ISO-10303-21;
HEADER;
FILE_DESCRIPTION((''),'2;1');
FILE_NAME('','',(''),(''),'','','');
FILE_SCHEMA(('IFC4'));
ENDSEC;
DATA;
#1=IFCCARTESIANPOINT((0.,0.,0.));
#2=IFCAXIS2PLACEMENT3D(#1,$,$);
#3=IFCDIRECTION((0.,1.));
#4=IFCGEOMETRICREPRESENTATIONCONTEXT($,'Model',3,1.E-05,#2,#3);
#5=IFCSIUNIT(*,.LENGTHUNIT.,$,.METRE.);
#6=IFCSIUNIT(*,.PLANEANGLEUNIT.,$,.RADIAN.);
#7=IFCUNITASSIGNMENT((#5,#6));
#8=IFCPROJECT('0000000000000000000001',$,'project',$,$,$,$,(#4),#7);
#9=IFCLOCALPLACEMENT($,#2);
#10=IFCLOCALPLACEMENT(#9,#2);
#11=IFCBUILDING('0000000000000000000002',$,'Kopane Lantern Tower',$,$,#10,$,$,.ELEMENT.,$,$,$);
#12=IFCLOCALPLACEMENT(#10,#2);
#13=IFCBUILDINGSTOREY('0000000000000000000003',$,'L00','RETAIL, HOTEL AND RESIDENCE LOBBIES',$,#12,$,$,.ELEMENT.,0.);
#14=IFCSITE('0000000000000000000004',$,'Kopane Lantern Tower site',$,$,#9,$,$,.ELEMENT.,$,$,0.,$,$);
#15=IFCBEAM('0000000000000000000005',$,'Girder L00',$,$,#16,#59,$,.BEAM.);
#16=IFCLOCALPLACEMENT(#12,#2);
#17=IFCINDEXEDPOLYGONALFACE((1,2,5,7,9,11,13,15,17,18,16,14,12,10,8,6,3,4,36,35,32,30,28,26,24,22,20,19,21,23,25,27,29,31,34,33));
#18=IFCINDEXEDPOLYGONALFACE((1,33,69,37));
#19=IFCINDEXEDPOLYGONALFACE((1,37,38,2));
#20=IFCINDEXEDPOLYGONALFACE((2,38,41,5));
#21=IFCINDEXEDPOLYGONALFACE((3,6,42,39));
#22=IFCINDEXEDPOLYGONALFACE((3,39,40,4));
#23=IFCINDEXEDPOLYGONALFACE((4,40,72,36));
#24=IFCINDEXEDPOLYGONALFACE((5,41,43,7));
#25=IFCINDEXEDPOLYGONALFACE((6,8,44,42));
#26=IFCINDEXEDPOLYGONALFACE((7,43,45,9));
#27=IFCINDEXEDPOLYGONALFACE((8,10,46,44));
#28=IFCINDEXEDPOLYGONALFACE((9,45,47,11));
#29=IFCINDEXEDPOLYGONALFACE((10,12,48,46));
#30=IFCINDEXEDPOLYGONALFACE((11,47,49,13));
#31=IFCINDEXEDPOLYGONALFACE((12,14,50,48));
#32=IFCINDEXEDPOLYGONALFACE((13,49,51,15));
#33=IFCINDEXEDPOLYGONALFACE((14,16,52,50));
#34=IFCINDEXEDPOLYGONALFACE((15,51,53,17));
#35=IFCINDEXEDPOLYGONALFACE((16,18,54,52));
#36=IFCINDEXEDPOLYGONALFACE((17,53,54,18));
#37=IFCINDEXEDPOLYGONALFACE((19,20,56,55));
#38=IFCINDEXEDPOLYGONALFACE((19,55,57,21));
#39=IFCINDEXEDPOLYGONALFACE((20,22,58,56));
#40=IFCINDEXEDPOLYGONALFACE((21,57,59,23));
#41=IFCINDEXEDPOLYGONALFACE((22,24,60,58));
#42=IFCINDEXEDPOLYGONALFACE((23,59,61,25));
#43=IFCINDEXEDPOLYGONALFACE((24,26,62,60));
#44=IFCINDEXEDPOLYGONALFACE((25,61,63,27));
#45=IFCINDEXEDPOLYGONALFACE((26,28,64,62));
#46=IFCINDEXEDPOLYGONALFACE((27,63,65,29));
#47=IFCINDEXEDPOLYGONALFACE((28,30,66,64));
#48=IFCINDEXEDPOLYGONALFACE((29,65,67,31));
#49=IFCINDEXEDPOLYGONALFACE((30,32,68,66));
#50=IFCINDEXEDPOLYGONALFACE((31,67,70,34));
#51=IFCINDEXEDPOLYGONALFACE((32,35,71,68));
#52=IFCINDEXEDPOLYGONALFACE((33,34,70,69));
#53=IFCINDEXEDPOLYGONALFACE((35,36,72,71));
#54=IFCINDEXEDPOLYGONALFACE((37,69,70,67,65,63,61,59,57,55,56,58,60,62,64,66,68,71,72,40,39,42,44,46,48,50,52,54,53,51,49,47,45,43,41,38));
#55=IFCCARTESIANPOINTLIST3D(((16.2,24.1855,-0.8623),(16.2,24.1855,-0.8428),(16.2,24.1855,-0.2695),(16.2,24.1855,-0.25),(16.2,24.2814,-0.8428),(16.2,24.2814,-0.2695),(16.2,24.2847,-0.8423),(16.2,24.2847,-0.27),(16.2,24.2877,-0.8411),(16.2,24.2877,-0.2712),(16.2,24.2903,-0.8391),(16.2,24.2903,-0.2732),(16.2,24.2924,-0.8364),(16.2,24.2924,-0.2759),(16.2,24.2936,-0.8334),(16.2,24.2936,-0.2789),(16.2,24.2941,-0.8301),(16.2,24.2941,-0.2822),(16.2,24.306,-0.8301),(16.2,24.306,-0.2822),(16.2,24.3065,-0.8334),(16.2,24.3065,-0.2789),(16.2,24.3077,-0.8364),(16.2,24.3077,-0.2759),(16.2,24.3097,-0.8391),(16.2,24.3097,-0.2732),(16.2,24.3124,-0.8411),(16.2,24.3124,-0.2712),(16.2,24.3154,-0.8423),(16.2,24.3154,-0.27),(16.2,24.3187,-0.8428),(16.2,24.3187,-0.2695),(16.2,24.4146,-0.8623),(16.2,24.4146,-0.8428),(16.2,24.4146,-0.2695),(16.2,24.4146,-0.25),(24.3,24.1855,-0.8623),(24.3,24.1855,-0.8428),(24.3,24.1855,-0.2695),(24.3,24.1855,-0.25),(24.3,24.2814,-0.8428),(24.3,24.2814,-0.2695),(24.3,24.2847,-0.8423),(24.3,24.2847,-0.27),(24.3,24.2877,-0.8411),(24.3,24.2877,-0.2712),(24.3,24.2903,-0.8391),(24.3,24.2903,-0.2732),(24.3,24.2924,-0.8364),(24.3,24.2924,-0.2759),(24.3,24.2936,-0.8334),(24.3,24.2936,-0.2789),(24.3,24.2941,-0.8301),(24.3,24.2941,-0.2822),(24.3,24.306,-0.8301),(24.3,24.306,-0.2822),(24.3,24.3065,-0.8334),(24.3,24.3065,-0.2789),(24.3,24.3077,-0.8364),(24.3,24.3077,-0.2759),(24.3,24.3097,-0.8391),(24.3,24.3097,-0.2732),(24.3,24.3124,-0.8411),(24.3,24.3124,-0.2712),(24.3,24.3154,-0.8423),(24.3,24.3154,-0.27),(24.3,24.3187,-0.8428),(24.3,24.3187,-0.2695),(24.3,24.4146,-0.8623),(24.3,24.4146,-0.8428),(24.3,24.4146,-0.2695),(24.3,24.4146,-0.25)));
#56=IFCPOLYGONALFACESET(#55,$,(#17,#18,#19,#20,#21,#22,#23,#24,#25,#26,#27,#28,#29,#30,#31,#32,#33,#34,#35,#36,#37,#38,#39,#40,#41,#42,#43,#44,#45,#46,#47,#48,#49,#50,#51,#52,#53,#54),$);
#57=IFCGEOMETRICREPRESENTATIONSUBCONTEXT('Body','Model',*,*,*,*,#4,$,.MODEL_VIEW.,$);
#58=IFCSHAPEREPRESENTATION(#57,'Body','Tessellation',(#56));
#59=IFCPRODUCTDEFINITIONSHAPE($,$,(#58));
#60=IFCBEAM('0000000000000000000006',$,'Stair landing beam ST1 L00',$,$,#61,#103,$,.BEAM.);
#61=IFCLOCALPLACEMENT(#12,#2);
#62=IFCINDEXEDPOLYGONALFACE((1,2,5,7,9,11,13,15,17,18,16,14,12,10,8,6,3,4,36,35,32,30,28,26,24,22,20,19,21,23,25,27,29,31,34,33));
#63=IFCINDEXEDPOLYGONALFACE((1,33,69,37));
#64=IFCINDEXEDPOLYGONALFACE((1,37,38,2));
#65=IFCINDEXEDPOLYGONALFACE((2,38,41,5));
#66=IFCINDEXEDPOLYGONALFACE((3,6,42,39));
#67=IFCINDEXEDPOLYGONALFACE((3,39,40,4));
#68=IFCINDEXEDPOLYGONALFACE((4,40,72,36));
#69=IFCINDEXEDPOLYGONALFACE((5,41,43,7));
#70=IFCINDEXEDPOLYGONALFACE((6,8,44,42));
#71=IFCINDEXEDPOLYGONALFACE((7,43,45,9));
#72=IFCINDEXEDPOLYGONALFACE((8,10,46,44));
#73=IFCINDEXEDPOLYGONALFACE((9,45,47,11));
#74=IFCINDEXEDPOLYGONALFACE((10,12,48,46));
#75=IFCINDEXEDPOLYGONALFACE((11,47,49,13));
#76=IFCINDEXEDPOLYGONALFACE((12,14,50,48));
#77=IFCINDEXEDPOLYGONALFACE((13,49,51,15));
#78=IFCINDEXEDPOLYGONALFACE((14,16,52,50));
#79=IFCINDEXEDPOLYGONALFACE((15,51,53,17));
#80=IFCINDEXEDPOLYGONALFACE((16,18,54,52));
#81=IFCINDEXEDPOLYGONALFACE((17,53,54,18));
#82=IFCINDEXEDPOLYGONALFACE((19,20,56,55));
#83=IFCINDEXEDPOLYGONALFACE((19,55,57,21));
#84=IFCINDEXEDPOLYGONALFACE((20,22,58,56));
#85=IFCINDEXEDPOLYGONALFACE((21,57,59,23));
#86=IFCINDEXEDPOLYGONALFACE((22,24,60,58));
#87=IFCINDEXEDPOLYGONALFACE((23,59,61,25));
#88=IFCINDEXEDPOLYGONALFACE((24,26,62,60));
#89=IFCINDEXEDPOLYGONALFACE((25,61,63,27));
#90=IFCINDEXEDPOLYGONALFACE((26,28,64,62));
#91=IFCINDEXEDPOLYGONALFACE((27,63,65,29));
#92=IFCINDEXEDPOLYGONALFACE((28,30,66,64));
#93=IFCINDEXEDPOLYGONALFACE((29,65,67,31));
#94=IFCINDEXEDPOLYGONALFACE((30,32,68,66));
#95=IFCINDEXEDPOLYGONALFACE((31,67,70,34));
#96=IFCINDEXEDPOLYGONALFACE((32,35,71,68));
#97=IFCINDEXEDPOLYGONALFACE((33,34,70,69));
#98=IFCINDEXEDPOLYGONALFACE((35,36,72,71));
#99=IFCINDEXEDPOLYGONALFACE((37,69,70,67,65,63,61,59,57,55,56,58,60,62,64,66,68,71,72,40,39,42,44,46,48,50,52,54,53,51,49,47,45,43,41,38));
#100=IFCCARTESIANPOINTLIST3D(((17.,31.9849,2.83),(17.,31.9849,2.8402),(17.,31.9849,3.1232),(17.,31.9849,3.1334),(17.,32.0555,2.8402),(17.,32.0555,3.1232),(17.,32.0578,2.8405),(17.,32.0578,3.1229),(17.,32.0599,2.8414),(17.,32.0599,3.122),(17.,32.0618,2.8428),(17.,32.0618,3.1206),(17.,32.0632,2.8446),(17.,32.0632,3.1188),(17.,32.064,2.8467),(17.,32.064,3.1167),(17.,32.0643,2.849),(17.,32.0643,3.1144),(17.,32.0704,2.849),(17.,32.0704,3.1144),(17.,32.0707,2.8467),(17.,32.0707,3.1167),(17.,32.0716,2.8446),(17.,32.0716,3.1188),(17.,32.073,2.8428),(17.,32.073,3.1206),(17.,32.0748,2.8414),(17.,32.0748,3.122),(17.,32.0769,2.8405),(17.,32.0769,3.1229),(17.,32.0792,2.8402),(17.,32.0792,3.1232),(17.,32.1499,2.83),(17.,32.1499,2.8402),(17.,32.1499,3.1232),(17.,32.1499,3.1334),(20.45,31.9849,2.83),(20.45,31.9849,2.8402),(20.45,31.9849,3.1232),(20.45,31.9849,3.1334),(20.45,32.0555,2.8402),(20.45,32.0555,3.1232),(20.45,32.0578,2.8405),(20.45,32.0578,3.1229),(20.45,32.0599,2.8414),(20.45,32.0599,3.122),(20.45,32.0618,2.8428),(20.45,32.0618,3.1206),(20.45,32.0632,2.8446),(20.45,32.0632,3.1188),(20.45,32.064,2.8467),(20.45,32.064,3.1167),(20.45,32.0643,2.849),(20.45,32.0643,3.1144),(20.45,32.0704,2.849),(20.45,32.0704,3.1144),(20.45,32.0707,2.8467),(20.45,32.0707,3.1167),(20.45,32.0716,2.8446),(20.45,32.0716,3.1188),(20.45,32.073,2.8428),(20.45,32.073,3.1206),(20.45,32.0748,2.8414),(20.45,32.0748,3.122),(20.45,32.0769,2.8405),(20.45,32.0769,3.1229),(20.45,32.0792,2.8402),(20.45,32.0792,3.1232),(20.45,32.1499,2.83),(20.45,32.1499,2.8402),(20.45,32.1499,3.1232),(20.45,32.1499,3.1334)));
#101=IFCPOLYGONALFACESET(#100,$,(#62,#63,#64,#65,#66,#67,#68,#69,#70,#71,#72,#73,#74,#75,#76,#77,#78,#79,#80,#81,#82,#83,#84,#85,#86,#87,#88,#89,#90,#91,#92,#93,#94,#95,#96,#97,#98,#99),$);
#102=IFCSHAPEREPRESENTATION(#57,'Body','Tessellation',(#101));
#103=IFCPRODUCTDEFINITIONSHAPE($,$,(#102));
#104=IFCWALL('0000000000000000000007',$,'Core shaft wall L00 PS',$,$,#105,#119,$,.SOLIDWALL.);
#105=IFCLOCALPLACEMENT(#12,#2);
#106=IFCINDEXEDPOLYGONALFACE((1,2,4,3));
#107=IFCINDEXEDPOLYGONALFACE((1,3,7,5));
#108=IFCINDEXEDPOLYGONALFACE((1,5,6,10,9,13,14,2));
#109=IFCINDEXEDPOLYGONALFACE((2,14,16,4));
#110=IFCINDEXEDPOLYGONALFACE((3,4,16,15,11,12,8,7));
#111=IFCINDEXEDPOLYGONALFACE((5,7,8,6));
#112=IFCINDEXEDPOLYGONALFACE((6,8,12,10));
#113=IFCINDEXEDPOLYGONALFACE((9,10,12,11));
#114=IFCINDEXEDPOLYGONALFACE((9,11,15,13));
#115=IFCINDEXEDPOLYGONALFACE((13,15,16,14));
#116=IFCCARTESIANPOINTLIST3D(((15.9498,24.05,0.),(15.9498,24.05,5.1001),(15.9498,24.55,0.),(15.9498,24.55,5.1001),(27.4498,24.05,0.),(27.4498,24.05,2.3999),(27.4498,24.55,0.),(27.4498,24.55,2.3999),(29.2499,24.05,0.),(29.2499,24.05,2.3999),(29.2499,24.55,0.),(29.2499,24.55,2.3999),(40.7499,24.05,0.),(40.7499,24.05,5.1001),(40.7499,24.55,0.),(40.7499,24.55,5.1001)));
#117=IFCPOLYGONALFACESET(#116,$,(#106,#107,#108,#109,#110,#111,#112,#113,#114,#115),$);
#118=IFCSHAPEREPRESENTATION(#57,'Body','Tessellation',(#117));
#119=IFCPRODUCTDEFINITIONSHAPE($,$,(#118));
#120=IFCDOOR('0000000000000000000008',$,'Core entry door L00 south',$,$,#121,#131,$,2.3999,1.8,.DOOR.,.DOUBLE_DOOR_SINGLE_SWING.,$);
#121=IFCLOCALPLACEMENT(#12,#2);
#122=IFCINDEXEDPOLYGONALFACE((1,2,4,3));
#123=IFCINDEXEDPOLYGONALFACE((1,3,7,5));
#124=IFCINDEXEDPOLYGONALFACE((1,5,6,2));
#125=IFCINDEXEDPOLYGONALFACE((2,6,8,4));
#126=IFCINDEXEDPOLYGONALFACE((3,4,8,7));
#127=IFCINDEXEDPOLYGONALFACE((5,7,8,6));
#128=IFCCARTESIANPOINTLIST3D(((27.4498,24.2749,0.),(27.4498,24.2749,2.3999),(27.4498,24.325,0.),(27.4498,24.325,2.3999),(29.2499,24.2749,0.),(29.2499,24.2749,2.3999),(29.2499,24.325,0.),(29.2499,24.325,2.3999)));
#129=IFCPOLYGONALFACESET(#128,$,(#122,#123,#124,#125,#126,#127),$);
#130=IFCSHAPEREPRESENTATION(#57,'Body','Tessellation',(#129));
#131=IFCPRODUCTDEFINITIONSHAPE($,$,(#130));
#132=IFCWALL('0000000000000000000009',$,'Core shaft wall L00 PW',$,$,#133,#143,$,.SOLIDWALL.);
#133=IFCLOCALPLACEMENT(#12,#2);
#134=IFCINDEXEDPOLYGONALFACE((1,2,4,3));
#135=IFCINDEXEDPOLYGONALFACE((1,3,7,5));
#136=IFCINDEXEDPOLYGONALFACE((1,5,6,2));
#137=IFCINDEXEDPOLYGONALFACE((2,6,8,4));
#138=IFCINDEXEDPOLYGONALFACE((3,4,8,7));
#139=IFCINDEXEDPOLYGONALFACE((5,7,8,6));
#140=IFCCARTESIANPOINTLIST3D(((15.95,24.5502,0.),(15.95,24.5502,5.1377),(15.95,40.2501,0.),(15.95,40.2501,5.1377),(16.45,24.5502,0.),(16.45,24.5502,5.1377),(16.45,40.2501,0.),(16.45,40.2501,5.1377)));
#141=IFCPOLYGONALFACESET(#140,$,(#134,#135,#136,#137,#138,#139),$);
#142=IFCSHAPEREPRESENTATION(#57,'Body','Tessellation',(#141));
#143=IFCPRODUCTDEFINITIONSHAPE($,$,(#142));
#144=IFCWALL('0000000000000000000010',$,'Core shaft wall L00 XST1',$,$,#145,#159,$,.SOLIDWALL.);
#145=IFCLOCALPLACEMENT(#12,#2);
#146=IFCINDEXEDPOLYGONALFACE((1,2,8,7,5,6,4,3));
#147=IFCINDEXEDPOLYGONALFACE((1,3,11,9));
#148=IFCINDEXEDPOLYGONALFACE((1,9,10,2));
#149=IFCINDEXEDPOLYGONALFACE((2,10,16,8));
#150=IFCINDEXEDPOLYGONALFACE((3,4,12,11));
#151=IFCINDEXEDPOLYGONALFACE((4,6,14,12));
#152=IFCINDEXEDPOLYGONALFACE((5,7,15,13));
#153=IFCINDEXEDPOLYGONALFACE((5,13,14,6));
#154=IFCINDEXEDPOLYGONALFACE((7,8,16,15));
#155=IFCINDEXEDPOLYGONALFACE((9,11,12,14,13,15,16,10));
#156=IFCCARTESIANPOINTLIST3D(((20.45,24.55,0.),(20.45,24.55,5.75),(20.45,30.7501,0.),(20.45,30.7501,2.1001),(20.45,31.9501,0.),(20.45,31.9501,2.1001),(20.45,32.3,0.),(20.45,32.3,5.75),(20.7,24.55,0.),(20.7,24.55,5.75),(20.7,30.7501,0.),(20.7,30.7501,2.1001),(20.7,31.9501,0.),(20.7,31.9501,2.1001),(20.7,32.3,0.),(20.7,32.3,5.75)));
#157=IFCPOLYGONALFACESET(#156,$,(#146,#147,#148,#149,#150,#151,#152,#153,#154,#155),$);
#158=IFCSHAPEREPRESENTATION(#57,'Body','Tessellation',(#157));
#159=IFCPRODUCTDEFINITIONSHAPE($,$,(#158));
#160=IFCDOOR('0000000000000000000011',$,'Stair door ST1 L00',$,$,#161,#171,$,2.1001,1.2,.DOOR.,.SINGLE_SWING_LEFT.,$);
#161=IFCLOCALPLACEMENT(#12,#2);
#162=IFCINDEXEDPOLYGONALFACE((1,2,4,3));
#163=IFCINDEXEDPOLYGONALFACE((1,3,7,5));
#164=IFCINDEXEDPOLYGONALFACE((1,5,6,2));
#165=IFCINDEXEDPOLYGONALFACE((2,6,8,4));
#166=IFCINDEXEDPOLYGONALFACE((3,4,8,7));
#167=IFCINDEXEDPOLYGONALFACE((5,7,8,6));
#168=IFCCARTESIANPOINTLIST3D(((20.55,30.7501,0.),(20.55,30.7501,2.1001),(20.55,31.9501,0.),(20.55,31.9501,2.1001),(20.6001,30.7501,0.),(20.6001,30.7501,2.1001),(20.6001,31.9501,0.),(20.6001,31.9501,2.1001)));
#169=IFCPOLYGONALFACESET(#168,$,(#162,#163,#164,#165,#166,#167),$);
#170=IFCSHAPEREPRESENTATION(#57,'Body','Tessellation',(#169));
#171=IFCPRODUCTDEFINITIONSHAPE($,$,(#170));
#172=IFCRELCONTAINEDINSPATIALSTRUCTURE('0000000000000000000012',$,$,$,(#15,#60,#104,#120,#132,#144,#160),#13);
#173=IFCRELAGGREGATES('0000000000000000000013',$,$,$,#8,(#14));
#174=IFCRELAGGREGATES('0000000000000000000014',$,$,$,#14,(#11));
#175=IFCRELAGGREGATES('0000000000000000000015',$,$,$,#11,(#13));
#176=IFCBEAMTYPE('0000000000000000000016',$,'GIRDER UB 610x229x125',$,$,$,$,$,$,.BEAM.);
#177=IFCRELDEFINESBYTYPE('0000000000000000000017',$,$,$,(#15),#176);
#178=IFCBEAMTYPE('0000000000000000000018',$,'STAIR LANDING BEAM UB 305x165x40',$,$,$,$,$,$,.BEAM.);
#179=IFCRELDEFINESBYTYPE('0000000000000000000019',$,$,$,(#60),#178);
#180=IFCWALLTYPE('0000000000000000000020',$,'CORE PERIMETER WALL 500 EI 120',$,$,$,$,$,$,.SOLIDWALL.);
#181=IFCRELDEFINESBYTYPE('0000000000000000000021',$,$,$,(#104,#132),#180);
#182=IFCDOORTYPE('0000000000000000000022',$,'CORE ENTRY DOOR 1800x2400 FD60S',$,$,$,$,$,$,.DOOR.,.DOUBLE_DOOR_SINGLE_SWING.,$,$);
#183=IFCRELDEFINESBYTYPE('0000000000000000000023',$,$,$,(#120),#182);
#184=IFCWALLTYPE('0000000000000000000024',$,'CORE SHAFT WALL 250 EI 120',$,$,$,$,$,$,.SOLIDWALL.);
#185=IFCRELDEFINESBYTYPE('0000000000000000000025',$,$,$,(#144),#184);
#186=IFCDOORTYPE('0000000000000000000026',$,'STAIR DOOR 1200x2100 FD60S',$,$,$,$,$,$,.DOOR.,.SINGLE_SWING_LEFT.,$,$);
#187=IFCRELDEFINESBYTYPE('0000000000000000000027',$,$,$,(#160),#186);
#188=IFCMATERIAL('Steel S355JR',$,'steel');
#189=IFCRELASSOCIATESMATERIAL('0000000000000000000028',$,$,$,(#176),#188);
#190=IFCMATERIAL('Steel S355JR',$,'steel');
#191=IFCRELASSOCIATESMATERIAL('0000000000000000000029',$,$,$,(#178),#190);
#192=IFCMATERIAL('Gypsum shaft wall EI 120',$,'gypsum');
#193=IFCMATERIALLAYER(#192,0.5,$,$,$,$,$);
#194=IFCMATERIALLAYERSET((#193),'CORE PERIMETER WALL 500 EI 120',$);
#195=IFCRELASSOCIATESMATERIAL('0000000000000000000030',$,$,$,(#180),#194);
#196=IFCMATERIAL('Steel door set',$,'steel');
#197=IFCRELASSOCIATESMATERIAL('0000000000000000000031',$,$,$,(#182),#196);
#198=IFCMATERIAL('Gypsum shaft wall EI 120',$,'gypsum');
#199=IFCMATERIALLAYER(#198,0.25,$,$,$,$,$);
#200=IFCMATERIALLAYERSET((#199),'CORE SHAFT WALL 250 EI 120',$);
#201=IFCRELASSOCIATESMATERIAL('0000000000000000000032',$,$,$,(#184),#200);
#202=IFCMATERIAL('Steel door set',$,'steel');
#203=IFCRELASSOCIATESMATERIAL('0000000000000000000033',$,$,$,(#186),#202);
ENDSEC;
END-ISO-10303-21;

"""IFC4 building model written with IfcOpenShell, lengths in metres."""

from ifc_helpers import new_model, si_unit, direction, frame, frame_2d, origin, origin_2d, place, context, subcontext, project, spatial, rectangle, i_section, extrude, material, layer, layer_set, material_profile, profile_set, type_object, element, fill, save


model = new_model("IFC4")

# Units and contexts
model_context = context("Model", 3, precision=1e-05, world=origin(), true_north=direction((0.0, 1.0)))
body_context = subcontext(model_context, "Body", "Model", "MODEL_VIEW")
ifc_project = project(units=[si_unit("LENGTHUNIT", "METRE"), si_unit("PLANEANGLEUNIT", "RADIAN")], contexts=[model_context])

# Site, building, storey
site_placement = place(None, origin())
site = spatial("IfcSite", under=ifc_project, at=site_placement, Name="Kopane Lantern Tower site", CompositionType="ELEMENT", RefElevation=0.0)
building_placement = place(site_placement, origin())
building = spatial("IfcBuilding", under=site, at=building_placement, Name="Kopane Lantern Tower", CompositionType="ELEMENT")
storey_placement = place(building_placement, origin())
storey = spatial("IfcBuildingStorey", under=building, at=storey_placement, Name="L00", Description="RETAIL, HOTEL AND RESIDENCE LOBBIES", CompositionType="ELEMENT", Elevation=0.0)

# Beams
ifc_material_1 = material(Name="Steel S355JR", Category="steel")
ifc_material_profile_1 = material_profile(ifc_material_1, i_section(OverallWidth=0.229, OverallDepth=0.6123, WebThickness=0.012, FlangeThickness=0.0195, FilletRadius=0.0127, at=origin_2d()), Name="UB 610x229x125")
ifc_profile_set_1 = profile_set([ifc_material_profile_1], Name="Steel S355JR")
beam_type_1 = type_object("IfcBeamType", Name="GIRDER UB 610x229x125", PredefinedType="BEAM", material=ifc_profile_set_1)
beam_1_placement = place(storey_placement, frame((16.2, 24.3, -0.5562), z_axis=(1.0, 0.0, 0.0), x_axis=(0.0, 1.0, 0.0)))
element("IfcBeam", 1, at=beam_1_placement, inside=storey, type_object=beam_type_1, Name="Girder L00", PredefinedType="BEAM", context=body_context, shape_type="SweptSolid", body=[
    extrude(i_section(OverallWidth=0.229, OverallDepth=0.6123, WebThickness=0.012, FlangeThickness=0.0195, FilletRadius=0.0127, at=origin_2d()), origin(), (0.0, 0.0, 1.0), 8.1001),
])
ifc_material_2 = material(Name="Steel S355JR", Category="steel")
ifc_material_profile_2 = material_profile(ifc_material_2, i_section(OverallWidth=0.165, OverallDepth=0.3035, WebThickness=0.0061, FlangeThickness=0.0103, FilletRadius=0.0088, at=origin_2d()), Name="UB 305x165x40")
ifc_profile_set_2 = profile_set([ifc_material_profile_2], Name="Steel S355JR")
beam_type_2 = type_object("IfcBeamType", Name="STAIR LANDING BEAM UB 305x165x40", PredefinedType="BEAM", material=ifc_profile_set_2)
beam_2_placement = place(storey_placement, frame((17.0, 32.0674, 2.9817), z_axis=(1.0, 0.0, 0.0), x_axis=(0.0, 1.0, 0.0)))
element("IfcBeam", 2, at=beam_2_placement, inside=storey, type_object=beam_type_2, Name="Stair landing beam ST1 L00", PredefinedType="BEAM", context=body_context, shape_type="SweptSolid", body=[
    extrude(i_section(OverallWidth=0.165, OverallDepth=0.3035, WebThickness=0.0061, FlangeThickness=0.0103, FilletRadius=0.0088, at=origin_2d()), origin(), (0.0, 0.0, 1.0), 3.45),
])

# Wall, opening, door
ifc_material_3 = material(Name="Gypsum shaft wall EI 120", Category="gypsum")
ifc_layer_1 = layer(ifc_material_3, 0.5)
ifc_layer_set_1 = layer_set([ifc_layer_1], Name="CORE PERIMETER WALL 500 EI 120")
wall_type_1 = type_object("IfcWallType", Name="CORE PERIMETER WALL 500 EI 120", PredefinedType="SOLIDWALL", material=ifc_layer_set_1)
wall_1_placement = place(storey_placement, frame((15.95, 24.3, 0.0), z_axis=(0.0, 0.0, 1.0), x_axis=(1.0, 0.0, 0.0)))
wall_1 = element("IfcWall", 3, at=wall_1_placement, inside=storey, type_object=wall_type_1, Name="Core shaft wall L00 PS", PredefinedType="SOLIDWALL", context=body_context, shape_type="SweptSolid", body=[
    extrude(rectangle(XDim=24.8, YDim=0.5, at=frame_2d((12.3999, 0.0))), origin(), (0.0, 0.0, 1.0), 5.1001),
])
opening_1_placement = place(wall_1_placement, frame((11.5, 0.0, 0.0)))
opening_1 = element("IfcOpeningElement", 4, at=opening_1_placement, cuts=wall_1, PredefinedType="OPENING", context=body_context, shape_type="SweptSolid", body=[
    extrude(rectangle(XDim=1.8, YDim=2.3999, at=frame_2d((0.8999, 1.2))), frame((0.0, 0.26, 0.0), z_axis=(0.0, -1.0, 0.0), x_axis=(1.0, 0.0, 0.0)), (0.0, 0.0, 1.0), 0.52),
])
ifc_material_4 = material(Name="Steel door set", Category="steel")
door_type_1 = type_object("IfcDoorType", Name="CORE ENTRY DOOR 1800x2400 FD60S", OperationType="DOUBLE_DOOR_SINGLE_SWING", PredefinedType="DOOR", material=ifc_material_4)
door_1_placement = place(opening_1_placement, origin())
door_1 = element("IfcDoor", 5, at=door_1_placement, inside=storey, type_object=door_type_1, Name="Core entry door L00 south", OperationType="DOUBLE_DOOR_SINGLE_SWING", OverallHeight=2.3999, OverallWidth=1.8, PredefinedType="DOOR", context=body_context, shape_type="SweptSolid", body=[
    extrude(rectangle(XDim=1.8, YDim=2.3999, at=frame_2d((0.8999, 1.2))), frame((0.0, 0.0249, 0.0), z_axis=(0.0, -1.0, 0.0), x_axis=(1.0, 0.0, 0.0)), (0.0, 0.0, 1.0), 0.05),
])
fill(opening_1, door_1)

# Wall
wall_2_placement = place(storey_placement, frame((16.2, 24.55, 0.0), z_axis=(0.0, 0.0, 1.0), x_axis=(0.0, 1.0, 0.0)))
element("IfcWall", 6, at=wall_2_placement, inside=storey, type_object=wall_type_1, Name="Core shaft wall L00 PW", PredefinedType="SOLIDWALL", context=body_context, shape_type="SweptSolid", body=[
    extrude(rectangle(XDim=15.7, YDim=0.5, at=frame_2d((7.8501, 0.0))), origin(), (0.0, 0.0, 1.0), 5.1377),
])

# Wall, opening, door
ifc_material_5 = material(Name="Gypsum shaft wall EI 120", Category="gypsum")
ifc_layer_2 = layer(ifc_material_5, 0.25)
ifc_layer_set_2 = layer_set([ifc_layer_2], Name="CORE SHAFT WALL 250 EI 120")
wall_type_2 = type_object("IfcWallType", Name="CORE SHAFT WALL 250 EI 120", PredefinedType="SOLIDWALL", material=ifc_layer_set_2)
wall_3_placement = place(storey_placement, frame((20.575, 24.55, 0.0), z_axis=(0.0, 0.0, 1.0), x_axis=(0.0, 1.0, 0.0)))
wall_3 = element("IfcWall", 7, at=wall_3_placement, inside=storey, type_object=wall_type_2, Name="Core shaft wall L00 XST1", PredefinedType="SOLIDWALL", context=body_context, shape_type="SweptSolid", body=[
    extrude(rectangle(XDim=7.75, YDim=0.25, at=frame_2d((3.875, 0.0))), origin(), (0.0, 0.0, 1.0), 5.75),
])
opening_2_placement = place(wall_3_placement, frame((6.2, 0.0, 0.0)))
opening_2 = element("IfcOpeningElement", 8, at=opening_2_placement, cuts=wall_3, PredefinedType="OPENING", context=body_context, shape_type="SweptSolid", body=[
    extrude(rectangle(XDim=1.2, YDim=2.1001, at=frame_2d((0.6001, 1.05))), frame((0.0, 0.135, 0.0), z_axis=(0.0, -1.0, 0.0), x_axis=(1.0, 0.0, 0.0)), (0.0, 0.0, 1.0), 0.27),
])
ifc_material_6 = material(Name="Steel door set", Category="steel")
door_type_2 = type_object("IfcDoorType", Name="STAIR DOOR 1200x2100 FD60S", OperationType="SINGLE_SWING_LEFT", PredefinedType="DOOR", material=ifc_material_6)
door_2_placement = place(opening_2_placement, origin())
door_2 = element("IfcDoor", 9, at=door_2_placement, inside=storey, type_object=door_type_2, Name="Stair door ST1 L00", OperationType="SINGLE_SWING_LEFT", OverallHeight=2.1001, OverallWidth=1.2, PredefinedType="DOOR", context=body_context, shape_type="SweptSolid", body=[
    extrude(rectangle(XDim=1.2, YDim=2.1001, at=frame_2d((0.6001, 1.05))), frame((0.0, 0.0249, 0.0), z_axis=(0.0, -1.0, 0.0), x_axis=(1.0, 0.0, 0.0)), (0.0, 0.0, 1.0), 0.05),
])
fill(opening_2, door_2)

save(model, "model.ifc")
